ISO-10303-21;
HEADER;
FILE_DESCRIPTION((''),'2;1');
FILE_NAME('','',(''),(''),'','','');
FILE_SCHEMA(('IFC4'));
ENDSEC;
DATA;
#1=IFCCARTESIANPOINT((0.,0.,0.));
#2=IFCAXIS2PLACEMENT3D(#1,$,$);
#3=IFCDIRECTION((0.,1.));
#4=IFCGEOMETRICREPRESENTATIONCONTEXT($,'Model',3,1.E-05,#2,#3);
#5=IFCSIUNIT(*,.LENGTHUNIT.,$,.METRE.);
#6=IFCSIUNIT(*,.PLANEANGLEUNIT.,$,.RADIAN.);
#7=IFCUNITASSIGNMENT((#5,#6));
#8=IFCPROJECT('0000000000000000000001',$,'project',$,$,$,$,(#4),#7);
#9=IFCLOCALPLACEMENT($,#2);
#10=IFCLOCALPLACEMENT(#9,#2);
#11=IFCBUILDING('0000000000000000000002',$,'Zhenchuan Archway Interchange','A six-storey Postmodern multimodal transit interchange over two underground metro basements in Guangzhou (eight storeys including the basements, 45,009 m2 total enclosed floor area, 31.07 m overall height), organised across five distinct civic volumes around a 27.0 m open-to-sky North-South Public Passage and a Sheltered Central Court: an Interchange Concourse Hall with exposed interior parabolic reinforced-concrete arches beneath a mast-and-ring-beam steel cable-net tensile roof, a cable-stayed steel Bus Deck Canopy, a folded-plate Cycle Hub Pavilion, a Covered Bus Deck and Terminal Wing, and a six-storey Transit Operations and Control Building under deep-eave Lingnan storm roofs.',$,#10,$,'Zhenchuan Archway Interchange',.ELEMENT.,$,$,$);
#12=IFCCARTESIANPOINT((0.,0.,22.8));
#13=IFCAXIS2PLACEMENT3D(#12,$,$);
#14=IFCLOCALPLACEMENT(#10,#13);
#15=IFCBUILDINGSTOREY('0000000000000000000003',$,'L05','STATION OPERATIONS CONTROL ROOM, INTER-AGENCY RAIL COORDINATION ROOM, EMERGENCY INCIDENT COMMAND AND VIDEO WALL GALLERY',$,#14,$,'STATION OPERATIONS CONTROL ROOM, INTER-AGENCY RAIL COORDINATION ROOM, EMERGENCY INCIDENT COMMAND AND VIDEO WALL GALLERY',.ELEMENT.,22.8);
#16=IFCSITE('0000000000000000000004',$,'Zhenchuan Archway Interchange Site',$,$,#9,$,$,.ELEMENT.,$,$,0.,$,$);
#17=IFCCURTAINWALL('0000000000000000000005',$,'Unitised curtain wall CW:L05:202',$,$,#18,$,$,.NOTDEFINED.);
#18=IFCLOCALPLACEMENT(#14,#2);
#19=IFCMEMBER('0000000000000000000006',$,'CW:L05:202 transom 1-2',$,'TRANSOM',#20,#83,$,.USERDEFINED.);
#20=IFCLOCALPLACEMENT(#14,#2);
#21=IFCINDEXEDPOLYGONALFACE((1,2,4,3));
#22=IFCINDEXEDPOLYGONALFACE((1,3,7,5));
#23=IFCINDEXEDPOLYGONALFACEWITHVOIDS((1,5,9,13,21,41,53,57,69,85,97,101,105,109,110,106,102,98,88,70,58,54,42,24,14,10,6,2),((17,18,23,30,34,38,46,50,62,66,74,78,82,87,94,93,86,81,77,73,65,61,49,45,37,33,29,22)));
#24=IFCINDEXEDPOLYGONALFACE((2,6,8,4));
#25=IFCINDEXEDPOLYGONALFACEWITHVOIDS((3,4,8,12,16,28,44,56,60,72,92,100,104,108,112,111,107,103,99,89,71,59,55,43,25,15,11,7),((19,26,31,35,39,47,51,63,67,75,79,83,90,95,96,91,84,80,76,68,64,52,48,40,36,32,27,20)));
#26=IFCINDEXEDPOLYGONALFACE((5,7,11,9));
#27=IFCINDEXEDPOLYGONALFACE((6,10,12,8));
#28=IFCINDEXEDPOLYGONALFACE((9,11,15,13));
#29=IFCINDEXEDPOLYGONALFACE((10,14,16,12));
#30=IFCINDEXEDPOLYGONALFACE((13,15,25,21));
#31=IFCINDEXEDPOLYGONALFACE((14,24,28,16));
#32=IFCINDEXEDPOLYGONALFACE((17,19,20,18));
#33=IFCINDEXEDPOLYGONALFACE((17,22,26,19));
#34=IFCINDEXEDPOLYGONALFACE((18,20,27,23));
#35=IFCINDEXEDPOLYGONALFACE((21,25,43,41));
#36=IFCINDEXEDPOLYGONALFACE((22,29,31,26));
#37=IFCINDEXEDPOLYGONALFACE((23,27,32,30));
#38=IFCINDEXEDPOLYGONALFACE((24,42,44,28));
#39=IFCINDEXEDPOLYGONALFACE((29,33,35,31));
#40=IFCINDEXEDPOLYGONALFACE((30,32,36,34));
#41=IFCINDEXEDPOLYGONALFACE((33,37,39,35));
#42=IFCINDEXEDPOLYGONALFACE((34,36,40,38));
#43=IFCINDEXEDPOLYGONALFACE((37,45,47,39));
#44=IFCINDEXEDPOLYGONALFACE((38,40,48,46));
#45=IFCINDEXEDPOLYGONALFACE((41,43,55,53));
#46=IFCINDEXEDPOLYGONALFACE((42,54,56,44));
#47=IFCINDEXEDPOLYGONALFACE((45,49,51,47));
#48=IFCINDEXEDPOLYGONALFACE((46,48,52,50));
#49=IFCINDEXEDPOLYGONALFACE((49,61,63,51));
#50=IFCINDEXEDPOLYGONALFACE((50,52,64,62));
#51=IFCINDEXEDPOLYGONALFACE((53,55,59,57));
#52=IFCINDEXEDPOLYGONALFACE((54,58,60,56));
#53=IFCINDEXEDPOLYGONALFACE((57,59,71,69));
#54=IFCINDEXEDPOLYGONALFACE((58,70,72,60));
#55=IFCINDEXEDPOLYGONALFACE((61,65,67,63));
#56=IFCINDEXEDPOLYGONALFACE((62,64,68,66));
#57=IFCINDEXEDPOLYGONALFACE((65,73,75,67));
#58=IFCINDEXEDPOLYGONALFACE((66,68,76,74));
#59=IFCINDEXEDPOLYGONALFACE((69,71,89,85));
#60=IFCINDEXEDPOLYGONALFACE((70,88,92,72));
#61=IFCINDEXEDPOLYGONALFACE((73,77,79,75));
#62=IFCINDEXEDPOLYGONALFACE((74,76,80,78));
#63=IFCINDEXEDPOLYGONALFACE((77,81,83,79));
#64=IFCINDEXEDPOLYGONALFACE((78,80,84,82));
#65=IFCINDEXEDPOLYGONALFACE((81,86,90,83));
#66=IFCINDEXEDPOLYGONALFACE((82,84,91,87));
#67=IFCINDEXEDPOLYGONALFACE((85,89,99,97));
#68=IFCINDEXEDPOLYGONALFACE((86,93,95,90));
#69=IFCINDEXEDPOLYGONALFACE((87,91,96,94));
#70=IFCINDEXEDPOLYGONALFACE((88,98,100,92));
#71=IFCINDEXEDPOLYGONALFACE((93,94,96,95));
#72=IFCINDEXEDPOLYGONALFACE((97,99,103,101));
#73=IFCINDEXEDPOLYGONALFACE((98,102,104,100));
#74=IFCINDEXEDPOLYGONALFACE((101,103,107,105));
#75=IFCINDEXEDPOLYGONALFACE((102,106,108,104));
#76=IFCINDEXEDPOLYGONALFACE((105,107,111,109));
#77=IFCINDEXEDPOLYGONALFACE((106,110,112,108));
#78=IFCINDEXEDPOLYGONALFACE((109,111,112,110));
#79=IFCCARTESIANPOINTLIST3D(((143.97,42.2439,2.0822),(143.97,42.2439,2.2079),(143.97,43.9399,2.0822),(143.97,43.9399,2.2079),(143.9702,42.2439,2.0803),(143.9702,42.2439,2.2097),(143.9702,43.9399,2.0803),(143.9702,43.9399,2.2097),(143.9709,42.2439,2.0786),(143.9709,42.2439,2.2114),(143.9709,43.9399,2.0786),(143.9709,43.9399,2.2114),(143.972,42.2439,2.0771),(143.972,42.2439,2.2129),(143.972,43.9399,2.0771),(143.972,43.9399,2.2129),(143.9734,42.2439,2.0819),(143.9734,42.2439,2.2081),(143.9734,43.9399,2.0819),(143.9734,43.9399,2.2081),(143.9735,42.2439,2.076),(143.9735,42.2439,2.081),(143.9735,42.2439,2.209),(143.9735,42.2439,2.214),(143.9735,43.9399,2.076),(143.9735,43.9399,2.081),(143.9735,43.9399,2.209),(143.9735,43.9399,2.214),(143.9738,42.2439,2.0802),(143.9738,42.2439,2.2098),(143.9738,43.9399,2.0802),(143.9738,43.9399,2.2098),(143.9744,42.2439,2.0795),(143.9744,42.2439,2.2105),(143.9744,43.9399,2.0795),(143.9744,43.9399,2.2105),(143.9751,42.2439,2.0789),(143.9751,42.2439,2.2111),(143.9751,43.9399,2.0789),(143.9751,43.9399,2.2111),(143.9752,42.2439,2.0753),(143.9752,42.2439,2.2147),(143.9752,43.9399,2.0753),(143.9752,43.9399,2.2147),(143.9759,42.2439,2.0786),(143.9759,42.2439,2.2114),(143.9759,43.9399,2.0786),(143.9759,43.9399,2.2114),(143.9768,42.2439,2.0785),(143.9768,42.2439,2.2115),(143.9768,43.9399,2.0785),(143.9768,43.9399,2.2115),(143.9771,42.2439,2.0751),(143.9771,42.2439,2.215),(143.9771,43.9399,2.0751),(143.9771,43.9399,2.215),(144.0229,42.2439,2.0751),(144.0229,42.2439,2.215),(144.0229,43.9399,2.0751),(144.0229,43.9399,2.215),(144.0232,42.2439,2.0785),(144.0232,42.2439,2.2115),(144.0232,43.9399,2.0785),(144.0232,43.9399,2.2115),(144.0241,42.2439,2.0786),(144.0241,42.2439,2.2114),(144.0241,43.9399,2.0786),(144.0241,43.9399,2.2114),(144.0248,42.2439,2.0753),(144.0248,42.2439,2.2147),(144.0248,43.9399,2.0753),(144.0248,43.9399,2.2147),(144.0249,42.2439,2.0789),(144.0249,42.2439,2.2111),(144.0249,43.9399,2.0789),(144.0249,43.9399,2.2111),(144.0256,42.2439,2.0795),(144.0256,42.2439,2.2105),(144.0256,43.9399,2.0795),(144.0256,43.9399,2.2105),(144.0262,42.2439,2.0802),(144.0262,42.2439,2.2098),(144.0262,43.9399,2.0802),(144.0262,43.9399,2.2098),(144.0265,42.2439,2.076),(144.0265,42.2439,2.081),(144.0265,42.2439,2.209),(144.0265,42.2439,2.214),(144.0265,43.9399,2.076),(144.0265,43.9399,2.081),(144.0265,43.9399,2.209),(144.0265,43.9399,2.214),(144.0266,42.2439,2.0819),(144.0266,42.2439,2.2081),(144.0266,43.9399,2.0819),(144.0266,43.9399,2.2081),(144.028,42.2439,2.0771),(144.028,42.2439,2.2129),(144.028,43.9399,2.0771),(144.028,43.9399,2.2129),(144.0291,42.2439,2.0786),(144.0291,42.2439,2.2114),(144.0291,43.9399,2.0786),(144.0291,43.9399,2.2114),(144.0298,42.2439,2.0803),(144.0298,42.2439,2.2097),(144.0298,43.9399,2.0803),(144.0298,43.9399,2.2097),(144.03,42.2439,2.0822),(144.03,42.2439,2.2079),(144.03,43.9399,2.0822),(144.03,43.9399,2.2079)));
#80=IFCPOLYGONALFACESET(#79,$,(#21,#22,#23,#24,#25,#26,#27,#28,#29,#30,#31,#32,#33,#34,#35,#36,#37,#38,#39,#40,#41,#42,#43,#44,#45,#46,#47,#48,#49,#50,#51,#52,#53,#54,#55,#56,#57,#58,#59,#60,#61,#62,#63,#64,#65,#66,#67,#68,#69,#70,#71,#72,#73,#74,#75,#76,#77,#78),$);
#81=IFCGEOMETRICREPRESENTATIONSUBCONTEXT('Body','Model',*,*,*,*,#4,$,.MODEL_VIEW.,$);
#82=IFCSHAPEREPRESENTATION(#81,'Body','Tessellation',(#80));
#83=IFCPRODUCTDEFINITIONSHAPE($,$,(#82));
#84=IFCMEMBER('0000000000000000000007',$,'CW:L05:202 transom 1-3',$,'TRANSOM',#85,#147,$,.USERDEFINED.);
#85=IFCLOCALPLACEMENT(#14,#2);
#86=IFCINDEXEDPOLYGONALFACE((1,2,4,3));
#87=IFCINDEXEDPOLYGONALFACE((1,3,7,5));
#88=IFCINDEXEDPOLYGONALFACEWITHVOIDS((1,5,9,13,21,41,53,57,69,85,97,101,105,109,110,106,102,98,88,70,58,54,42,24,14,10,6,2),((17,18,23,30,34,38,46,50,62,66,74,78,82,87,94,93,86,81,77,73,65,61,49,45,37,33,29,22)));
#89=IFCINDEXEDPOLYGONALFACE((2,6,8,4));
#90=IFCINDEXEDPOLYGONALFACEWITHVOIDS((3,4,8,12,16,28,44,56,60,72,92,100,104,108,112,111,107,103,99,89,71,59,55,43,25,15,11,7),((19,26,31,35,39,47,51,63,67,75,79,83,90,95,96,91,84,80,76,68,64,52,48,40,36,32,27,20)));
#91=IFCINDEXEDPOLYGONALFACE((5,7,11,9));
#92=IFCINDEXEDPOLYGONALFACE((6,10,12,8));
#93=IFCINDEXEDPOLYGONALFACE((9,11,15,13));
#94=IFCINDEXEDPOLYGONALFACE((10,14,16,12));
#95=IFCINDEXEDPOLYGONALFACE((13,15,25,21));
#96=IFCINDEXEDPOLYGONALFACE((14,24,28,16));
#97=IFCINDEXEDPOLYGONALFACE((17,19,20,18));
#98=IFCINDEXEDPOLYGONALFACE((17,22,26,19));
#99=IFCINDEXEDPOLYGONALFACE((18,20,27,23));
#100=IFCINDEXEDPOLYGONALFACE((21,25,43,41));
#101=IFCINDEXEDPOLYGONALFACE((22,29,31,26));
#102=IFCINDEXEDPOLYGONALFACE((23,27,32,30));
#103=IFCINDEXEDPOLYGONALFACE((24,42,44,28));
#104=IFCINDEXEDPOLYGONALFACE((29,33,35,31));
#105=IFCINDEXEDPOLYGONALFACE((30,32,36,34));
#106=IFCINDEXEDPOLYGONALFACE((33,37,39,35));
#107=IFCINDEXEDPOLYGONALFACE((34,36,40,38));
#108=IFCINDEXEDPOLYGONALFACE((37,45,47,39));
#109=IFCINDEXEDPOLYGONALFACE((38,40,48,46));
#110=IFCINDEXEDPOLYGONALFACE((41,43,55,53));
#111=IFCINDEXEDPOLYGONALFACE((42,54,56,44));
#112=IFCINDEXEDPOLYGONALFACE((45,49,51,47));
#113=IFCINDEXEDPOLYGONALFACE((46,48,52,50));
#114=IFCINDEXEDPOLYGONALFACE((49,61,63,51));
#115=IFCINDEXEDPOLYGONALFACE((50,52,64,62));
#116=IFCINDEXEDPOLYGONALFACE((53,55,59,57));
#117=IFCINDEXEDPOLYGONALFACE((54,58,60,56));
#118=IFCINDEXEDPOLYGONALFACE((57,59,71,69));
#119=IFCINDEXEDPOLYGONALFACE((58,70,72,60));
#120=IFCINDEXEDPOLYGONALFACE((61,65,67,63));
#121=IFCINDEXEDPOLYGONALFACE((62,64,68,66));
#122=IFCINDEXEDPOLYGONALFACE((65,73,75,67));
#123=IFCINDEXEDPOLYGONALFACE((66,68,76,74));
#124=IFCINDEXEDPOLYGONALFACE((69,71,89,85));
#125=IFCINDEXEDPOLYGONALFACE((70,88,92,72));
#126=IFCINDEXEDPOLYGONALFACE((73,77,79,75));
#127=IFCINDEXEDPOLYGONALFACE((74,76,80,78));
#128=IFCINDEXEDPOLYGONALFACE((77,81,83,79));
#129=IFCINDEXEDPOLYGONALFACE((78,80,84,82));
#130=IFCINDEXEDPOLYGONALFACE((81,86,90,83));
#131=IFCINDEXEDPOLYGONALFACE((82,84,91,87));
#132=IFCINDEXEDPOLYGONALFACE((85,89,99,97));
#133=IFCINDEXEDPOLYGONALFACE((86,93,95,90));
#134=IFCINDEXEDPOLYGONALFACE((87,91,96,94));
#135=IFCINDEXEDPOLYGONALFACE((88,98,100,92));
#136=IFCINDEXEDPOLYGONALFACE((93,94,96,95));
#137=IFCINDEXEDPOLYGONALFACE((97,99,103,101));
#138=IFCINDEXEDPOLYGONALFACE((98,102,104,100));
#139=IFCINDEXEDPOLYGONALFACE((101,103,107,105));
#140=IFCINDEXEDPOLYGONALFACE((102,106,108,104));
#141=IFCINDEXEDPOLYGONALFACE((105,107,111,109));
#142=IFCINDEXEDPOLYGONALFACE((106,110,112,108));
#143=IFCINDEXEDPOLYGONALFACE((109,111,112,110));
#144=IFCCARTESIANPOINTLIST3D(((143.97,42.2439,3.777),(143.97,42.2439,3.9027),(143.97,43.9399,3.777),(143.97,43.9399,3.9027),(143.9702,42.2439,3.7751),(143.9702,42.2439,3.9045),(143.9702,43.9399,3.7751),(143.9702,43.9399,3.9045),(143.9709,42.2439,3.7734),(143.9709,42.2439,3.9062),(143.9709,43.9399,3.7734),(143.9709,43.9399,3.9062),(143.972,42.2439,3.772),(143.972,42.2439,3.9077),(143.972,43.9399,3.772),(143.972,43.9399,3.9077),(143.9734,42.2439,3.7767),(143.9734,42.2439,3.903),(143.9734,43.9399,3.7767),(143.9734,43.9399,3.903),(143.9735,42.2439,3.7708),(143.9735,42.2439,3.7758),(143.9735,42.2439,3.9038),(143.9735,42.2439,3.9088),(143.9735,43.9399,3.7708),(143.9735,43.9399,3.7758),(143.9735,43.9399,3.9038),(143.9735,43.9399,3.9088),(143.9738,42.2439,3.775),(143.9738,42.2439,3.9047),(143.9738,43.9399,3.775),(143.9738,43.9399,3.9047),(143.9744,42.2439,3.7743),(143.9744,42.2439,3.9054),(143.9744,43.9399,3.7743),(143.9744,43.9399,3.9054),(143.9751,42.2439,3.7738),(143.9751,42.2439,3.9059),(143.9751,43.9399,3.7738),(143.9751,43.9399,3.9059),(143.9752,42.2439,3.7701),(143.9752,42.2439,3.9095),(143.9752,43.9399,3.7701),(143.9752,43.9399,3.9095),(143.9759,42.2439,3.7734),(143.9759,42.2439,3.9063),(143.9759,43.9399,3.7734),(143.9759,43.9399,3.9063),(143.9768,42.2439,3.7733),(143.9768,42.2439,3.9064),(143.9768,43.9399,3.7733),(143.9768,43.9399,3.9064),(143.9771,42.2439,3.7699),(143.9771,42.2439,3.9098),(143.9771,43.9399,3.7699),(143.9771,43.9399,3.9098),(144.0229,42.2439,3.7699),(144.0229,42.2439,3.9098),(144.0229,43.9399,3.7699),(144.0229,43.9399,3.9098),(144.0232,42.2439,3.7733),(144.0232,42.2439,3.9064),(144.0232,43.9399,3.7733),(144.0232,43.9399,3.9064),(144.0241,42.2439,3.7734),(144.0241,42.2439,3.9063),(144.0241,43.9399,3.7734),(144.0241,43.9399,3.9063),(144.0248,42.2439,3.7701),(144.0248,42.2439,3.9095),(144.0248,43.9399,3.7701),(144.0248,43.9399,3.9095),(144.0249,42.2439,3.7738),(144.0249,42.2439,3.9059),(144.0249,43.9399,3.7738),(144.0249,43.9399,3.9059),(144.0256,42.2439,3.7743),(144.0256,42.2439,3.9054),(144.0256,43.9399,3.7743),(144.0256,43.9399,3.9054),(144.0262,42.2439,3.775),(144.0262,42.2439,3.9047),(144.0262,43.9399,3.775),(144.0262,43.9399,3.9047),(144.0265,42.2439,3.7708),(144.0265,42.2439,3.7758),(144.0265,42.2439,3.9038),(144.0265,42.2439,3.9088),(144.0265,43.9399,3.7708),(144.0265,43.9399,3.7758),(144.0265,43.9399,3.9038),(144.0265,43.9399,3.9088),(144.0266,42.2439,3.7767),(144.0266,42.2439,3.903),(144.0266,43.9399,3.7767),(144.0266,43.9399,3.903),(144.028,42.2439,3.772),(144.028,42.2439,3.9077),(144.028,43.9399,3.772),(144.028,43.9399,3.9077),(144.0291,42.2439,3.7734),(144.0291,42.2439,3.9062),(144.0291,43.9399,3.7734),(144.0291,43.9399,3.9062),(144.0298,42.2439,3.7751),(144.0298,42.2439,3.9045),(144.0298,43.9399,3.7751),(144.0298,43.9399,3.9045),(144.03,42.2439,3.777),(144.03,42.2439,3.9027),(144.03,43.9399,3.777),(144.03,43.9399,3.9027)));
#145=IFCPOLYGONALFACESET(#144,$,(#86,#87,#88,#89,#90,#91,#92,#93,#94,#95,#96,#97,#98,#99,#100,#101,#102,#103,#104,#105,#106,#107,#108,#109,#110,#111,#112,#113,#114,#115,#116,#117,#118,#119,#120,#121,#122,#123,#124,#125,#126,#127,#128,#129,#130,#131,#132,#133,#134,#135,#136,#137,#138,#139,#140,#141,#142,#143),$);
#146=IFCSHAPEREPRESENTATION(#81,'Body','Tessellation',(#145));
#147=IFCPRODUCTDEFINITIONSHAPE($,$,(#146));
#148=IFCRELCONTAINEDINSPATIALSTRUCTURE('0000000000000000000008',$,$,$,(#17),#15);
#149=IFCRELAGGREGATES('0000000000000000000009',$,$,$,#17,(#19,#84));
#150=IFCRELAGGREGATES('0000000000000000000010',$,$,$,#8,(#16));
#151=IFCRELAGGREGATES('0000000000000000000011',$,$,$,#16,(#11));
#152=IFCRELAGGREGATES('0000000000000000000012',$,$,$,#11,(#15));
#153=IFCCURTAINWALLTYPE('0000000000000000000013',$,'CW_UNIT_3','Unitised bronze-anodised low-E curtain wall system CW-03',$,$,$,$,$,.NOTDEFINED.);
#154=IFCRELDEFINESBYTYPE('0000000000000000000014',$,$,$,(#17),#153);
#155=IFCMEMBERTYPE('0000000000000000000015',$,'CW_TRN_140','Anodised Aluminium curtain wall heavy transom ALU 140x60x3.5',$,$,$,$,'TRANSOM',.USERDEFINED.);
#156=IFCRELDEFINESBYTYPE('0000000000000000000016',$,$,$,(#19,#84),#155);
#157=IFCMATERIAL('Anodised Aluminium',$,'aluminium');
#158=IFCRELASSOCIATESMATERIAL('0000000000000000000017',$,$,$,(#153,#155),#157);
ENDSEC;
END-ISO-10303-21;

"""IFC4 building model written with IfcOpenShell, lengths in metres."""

from ifc_helpers import new_model, si_unit, direction, frame, origin, origin_2d, place, context, subcontext, project, spatial, hollow_rectangle, extrude, material, material_profile, profile_set, type_object, element, aggregate, save


model = new_model("IFC4")

# Units and contexts
model_context = context("Model", 3, precision=1e-05, world=origin(), true_north=direction((0.0, 1.0)))
body_context = subcontext(model_context, "Body", "Model", "MODEL_VIEW")
ifc_project = project(units=[si_unit("LENGTHUNIT", "METRE"), si_unit("PLANEANGLEUNIT", "RADIAN")], contexts=[model_context])

# Site, building, storey
site_placement = place(None, origin())
site = spatial("IfcSite", under=ifc_project, at=site_placement, Name="Zhenchuan Archway Interchange Site", CompositionType="ELEMENT", RefElevation=0.0)
building_placement = place(site_placement, origin())
building = spatial("IfcBuilding", under=site, at=building_placement, Name="Zhenchuan Archway Interchange", Description="A six-storey Postmodern multimodal transit interchange over two underground metro basements in Guangzhou (eight storeys including the basements, 45,009 m2 total enclosed floor area, 31.07 m overall height), organised across five distinct civic volumes around a 27.0 m open-to-sky North-South Public Passage and a Sheltered Central Court: an Interchange Concourse Hall with exposed interior parabolic reinforced-concrete arches beneath a mast-and-ring-beam steel cable-net tensile roof, a cable-stayed steel Bus Deck Canopy, a folded-plate Cycle Hub Pavilion, a Covered Bus Deck and Terminal Wing, and a six-storey Transit Operations and Control Building under deep-eave Lingnan storm roofs.", LongName="Zhenchuan Archway Interchange", CompositionType="ELEMENT")
storey_placement = place(building_placement, frame((0.0, 0.0, 22.8)))
storey = spatial("IfcBuildingStorey", under=building, at=storey_placement, Name="L05", Description="STATION OPERATIONS CONTROL ROOM, INTER-AGENCY RAIL COORDINATION ROOM, EMERGENCY INCIDENT COMMAND AND VIDEO WALL GALLERY", LongName="STATION OPERATIONS CONTROL ROOM, INTER-AGENCY RAIL COORDINATION ROOM, EMERGENCY INCIDENT COMMAND AND VIDEO WALL GALLERY", CompositionType="ELEMENT", Elevation=22.8)

# Curtain wall, members
ifc_material_1 = material(Name="Anodised Aluminium", Category="aluminium")
curtain_wall_type = type_object("IfcCurtainWallType", Name="CW_UNIT_3", Description="Unitised bronze-anodised low-E curtain wall system CW-03", PredefinedType="NOTDEFINED", material=ifc_material_1)
curtain_wall_placement = place(storey_placement, origin())
curtain_wall = element("IfcCurtainWall", 1, at=curtain_wall_placement, inside=storey, type_object=curtain_wall_type, Name="Unitised curtain wall CW:L05:202", PredefinedType="NOTDEFINED")
ifc_material_profile_1 = material_profile(ifc_material_1, hollow_rectangle(XDim=0.0601, YDim=0.1399, WallThickness=0.0034, InnerFilletRadius=0.0034, OuterFilletRadius=0.0071, at=origin_2d()), Name="ALU 140x60x3.5")
ifc_profile_set_1 = profile_set([ifc_material_profile_1], Name="Anodised Aluminium")
member_type_1 = type_object("IfcMemberType", Name="CW_TRN_140", Description="Anodised Aluminium curtain wall heavy transom ALU 140x60x3.5", ElementType="TRANSOM", PredefinedType="USERDEFINED", material=ifc_profile_set_1)
member_1_placement = place(storey_placement, frame((144.0, 42.2439, 2.145), z_axis=(0.0, 1.0, 0.0), x_axis=(-1.0, 0.0, 0.0)))
member_1 = element("IfcMember", 2, at=member_1_placement, type_object=member_type_1, Name="CW:L05:202 transom 1-2", ObjectType="TRANSOM", PredefinedType="USERDEFINED", context=body_context, shape_type="SweptSolid", body=[
    extrude(hollow_rectangle(XDim=0.0601, YDim=0.1399, WallThickness=0.0034, InnerFilletRadius=0.0034, OuterFilletRadius=0.0071, at=origin_2d()), origin(), (0.0, 0.0, 1.0), 1.696),
])
member_2_placement = place(storey_placement, frame((144.0, 42.2439, 3.8398), z_axis=(0.0, 1.0, 0.0), x_axis=(-1.0, 0.0, 0.0)))
member_2 = element("IfcMember", 3, at=member_2_placement, type_object=member_type_1, Name="CW:L05:202 transom 1-3", ObjectType="TRANSOM", PredefinedType="USERDEFINED", context=body_context, shape_type="SweptSolid", body=[
    extrude(hollow_rectangle(XDim=0.0601, YDim=0.1399, WallThickness=0.0034, InnerFilletRadius=0.0034, OuterFilletRadius=0.0071, at=origin_2d()), origin(), (0.0, 0.0, 1.0), 1.696),
])
aggregate(curtain_wall, [member_1, member_2])

save(model, "model.ifc")
